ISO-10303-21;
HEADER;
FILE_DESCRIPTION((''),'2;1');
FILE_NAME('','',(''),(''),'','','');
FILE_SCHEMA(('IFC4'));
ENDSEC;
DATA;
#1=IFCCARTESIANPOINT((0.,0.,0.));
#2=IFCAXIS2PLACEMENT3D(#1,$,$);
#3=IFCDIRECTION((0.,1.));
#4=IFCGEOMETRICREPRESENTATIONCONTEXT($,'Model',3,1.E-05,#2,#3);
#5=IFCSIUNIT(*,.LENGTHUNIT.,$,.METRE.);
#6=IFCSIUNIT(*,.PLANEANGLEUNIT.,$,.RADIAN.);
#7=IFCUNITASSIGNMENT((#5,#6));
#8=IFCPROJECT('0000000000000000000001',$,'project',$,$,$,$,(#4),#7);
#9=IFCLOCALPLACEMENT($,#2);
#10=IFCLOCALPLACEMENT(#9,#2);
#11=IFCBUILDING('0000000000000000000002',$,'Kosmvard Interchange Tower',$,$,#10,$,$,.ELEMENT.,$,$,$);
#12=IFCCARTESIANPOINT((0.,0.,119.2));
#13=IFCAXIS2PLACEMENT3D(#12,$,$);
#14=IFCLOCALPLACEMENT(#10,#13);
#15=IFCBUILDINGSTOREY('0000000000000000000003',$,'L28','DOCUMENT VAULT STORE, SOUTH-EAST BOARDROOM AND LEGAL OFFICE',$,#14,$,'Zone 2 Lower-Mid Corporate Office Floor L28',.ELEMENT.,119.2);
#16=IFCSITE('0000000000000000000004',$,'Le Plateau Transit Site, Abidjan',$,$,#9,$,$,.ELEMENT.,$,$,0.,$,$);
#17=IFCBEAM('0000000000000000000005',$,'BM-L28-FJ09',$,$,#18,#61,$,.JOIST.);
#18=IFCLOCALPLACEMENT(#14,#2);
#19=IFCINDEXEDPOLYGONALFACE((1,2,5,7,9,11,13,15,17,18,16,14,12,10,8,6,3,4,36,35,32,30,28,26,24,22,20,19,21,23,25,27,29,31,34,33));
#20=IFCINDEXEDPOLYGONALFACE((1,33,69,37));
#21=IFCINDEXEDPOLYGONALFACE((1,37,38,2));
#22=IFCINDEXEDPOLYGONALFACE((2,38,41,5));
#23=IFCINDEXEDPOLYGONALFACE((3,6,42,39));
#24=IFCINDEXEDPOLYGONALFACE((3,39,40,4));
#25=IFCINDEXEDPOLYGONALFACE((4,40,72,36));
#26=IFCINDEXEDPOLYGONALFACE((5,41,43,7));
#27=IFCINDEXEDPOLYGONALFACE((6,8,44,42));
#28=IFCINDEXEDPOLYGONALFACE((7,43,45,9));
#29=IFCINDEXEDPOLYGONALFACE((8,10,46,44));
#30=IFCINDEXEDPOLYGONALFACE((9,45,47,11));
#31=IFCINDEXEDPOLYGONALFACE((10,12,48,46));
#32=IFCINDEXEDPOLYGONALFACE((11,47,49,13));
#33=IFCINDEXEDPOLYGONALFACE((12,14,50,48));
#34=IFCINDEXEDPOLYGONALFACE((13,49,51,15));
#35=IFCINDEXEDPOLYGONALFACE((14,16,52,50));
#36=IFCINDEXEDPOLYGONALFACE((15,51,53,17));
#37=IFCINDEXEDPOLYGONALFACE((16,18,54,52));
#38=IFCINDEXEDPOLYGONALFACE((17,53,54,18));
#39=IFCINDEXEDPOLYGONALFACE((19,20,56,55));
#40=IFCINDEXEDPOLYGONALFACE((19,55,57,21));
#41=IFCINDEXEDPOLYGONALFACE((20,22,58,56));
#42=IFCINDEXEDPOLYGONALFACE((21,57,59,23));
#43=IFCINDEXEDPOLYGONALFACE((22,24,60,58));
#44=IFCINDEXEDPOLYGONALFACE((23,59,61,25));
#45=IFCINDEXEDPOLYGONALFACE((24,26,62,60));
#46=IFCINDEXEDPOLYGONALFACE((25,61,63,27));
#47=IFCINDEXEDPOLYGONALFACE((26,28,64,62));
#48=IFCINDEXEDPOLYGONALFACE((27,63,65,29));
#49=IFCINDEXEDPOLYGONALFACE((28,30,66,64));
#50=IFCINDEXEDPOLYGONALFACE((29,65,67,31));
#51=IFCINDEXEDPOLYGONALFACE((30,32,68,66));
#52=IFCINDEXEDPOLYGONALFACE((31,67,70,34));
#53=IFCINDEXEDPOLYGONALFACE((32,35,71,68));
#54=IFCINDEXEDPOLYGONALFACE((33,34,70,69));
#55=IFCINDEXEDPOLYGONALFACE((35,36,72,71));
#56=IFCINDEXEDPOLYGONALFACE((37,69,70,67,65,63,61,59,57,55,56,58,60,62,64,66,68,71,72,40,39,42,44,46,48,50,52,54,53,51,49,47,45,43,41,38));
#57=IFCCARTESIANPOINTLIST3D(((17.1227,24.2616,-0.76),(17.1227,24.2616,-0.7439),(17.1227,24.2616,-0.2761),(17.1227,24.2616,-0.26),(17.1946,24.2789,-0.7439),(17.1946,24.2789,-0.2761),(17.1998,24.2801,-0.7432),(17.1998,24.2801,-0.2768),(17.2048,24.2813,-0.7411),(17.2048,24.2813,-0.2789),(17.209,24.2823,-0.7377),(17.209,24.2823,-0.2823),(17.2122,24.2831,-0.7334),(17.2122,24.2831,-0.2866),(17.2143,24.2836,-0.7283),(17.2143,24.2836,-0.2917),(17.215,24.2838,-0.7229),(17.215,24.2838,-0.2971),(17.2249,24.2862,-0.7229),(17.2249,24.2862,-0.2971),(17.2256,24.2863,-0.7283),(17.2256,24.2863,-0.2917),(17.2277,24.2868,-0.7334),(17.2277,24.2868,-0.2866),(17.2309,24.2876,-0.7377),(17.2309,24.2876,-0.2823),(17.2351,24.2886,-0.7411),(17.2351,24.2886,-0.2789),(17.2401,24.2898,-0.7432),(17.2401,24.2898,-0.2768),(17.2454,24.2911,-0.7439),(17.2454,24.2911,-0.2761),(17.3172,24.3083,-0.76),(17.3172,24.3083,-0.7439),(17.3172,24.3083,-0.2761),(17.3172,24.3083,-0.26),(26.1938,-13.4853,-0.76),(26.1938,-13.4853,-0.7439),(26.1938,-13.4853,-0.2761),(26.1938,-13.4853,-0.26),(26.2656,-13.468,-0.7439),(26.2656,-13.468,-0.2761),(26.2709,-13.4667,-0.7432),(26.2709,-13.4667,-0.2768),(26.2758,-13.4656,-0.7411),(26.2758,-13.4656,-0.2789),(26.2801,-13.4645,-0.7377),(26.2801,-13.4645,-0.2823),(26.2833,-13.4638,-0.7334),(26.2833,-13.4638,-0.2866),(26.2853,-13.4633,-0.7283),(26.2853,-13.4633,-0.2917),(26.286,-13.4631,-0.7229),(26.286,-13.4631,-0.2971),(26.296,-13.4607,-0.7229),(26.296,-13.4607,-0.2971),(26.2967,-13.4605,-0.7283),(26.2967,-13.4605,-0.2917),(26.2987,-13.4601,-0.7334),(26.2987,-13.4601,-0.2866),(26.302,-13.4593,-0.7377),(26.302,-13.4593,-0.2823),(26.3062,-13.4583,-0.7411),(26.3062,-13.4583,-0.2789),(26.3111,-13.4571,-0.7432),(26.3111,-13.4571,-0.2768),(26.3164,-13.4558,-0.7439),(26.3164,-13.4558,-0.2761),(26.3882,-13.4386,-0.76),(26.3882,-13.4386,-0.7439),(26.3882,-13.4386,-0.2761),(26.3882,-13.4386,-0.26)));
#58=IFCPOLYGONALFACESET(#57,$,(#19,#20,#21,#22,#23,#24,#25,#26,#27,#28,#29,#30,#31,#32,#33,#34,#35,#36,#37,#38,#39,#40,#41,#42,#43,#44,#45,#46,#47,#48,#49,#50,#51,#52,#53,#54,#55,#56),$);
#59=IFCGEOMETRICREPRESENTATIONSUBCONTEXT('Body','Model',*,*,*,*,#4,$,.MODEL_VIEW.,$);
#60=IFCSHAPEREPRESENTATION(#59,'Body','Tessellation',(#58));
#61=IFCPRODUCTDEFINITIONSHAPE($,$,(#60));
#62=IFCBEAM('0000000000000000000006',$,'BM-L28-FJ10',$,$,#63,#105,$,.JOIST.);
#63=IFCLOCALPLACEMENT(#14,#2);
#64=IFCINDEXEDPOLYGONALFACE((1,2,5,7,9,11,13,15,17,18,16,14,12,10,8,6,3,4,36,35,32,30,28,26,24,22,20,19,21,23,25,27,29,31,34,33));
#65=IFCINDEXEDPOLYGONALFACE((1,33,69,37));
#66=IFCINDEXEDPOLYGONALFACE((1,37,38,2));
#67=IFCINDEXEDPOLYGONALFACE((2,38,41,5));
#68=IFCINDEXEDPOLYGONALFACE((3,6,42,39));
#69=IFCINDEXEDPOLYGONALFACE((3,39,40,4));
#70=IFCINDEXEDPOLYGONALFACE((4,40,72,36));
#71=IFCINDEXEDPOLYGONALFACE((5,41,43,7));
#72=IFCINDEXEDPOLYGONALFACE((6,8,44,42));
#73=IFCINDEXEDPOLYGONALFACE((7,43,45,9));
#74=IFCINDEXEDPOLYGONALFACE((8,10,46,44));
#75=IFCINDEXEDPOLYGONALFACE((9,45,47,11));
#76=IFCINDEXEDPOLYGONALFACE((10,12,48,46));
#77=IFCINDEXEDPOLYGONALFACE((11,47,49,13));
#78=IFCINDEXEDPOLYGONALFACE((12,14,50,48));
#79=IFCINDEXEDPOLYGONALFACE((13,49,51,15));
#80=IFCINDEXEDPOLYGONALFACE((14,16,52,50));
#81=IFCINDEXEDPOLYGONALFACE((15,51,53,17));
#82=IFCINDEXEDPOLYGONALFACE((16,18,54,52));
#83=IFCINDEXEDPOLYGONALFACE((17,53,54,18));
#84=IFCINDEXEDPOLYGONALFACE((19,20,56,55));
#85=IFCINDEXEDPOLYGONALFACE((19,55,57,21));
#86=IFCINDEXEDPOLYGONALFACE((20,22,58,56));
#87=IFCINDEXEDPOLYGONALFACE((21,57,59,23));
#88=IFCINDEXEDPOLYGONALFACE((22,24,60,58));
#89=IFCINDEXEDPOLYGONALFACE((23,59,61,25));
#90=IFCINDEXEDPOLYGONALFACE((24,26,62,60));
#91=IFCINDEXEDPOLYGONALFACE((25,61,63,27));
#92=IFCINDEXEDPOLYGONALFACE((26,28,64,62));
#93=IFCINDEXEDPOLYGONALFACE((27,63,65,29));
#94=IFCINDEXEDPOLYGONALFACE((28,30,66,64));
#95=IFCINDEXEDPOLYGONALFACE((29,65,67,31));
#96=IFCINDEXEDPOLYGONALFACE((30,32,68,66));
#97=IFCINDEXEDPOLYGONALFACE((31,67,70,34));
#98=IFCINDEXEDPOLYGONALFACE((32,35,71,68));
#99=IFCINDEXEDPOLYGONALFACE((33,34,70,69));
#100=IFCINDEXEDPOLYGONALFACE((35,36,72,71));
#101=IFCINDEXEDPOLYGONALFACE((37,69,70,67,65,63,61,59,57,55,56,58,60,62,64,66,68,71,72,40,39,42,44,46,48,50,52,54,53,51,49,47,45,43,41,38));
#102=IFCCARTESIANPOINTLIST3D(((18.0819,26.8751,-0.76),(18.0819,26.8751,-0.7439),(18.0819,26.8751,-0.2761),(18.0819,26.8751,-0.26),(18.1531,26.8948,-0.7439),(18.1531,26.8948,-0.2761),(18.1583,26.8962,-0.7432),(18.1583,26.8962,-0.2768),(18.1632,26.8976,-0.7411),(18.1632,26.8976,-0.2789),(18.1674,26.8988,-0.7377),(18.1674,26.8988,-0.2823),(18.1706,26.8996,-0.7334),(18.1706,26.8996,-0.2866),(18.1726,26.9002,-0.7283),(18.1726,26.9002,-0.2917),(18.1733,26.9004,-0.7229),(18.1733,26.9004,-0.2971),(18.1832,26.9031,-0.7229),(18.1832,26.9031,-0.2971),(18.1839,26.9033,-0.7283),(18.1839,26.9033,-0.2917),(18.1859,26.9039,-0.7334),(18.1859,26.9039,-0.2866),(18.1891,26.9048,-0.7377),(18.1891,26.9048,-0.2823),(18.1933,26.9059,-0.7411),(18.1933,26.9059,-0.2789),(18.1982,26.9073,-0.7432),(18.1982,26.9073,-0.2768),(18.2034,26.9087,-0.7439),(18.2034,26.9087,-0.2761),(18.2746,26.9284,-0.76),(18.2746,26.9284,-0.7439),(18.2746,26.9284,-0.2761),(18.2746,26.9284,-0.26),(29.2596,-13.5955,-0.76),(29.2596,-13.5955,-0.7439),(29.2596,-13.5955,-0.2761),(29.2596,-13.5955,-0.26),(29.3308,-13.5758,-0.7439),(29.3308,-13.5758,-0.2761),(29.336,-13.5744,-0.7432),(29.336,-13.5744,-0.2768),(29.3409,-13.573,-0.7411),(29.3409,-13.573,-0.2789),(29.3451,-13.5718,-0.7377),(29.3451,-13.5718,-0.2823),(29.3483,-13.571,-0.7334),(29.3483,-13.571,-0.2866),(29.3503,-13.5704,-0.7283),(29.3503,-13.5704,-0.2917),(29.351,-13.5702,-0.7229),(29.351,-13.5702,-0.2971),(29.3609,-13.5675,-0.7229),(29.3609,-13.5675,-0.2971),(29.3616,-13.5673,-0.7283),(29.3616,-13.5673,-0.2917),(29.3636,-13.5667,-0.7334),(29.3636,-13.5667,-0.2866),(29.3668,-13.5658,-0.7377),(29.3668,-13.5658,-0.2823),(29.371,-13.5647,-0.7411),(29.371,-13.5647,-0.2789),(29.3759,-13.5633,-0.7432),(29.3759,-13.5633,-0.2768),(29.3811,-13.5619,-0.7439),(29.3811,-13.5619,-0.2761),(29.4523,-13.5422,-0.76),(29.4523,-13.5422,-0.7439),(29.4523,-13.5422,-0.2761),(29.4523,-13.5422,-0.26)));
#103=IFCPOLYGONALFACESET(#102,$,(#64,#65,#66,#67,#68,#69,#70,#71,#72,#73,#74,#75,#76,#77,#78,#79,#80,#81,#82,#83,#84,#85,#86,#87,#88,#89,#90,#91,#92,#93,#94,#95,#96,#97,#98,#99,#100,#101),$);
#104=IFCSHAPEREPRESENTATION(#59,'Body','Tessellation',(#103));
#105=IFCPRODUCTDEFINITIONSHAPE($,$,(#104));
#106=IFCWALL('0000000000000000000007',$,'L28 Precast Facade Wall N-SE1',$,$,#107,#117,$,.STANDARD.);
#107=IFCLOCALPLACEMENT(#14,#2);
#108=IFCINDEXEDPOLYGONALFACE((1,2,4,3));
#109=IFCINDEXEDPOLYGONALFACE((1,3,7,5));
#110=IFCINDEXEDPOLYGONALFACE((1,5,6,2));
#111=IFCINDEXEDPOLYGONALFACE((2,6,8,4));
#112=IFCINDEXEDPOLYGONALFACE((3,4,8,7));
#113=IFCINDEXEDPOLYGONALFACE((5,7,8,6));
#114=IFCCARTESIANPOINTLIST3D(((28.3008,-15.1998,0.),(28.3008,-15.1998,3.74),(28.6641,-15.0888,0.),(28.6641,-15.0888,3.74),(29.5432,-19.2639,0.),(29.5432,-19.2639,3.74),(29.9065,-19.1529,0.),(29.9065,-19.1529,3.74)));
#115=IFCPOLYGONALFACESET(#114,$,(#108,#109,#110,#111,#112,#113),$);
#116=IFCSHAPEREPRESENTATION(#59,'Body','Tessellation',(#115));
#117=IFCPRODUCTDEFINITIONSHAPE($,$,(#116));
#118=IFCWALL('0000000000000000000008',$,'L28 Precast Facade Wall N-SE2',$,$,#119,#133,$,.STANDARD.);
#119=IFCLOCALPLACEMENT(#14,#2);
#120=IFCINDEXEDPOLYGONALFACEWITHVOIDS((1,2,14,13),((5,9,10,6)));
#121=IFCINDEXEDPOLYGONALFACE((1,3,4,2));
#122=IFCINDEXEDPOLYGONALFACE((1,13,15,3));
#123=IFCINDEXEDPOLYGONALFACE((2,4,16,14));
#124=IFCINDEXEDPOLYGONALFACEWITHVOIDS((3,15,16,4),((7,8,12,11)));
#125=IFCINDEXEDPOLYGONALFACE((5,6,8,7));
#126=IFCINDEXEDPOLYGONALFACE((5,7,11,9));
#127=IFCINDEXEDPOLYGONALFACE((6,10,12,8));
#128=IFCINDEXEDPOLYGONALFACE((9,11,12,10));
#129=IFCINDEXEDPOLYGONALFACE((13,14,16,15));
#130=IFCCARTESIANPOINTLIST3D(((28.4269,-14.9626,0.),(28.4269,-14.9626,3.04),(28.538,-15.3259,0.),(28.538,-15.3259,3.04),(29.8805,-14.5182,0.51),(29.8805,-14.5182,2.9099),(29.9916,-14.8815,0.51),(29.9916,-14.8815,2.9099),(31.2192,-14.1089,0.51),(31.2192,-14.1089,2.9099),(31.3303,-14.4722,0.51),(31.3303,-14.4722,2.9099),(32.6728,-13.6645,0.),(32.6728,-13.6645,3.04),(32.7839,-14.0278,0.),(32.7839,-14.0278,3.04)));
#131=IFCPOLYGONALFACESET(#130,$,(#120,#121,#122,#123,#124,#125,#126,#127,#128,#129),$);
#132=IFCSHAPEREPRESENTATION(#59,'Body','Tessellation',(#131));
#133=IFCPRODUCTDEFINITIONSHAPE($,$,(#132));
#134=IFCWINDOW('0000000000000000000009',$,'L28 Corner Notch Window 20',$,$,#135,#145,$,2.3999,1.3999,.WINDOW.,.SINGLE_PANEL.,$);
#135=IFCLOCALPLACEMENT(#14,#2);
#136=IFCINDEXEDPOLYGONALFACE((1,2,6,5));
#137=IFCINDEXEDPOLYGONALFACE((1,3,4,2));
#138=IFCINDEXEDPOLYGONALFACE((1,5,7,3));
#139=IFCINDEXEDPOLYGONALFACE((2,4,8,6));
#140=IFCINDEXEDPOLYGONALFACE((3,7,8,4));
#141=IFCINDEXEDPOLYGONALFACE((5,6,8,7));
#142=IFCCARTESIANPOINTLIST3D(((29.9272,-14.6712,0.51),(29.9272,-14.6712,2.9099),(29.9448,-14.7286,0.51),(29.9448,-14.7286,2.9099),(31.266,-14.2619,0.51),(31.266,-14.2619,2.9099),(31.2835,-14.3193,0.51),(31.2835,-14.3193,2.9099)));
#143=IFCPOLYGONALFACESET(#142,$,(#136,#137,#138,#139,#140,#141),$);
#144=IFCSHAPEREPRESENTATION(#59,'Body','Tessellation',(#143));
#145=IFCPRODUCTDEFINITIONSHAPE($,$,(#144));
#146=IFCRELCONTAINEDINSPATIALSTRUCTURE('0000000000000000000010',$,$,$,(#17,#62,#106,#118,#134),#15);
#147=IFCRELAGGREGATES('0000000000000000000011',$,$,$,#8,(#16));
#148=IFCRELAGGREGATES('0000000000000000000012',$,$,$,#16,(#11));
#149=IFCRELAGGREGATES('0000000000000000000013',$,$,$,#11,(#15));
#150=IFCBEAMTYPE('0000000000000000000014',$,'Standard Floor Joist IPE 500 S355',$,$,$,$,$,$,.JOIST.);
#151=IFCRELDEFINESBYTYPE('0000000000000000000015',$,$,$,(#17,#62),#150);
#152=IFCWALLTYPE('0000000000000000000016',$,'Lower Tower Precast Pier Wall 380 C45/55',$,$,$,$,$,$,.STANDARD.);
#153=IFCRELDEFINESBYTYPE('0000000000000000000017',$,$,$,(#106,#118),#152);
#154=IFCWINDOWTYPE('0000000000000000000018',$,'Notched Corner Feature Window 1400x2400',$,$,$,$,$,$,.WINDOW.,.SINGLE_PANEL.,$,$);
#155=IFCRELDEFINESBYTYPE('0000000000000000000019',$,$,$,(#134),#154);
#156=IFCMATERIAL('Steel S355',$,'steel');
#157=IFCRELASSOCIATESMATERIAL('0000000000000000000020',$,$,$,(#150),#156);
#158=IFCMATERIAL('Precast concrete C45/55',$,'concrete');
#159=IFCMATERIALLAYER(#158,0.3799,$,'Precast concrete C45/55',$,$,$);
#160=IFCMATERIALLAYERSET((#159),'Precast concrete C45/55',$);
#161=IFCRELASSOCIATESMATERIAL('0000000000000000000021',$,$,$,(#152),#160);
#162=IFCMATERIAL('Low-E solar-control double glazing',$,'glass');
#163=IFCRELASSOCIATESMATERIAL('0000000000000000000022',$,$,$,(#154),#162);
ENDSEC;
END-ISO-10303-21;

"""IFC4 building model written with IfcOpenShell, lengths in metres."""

from ifc_helpers import new_model, si_unit, direction, frame, frame_2d, origin, origin_2d, place, context, subcontext, project, spatial, rectangle, i_section, extrude, source, transform, mapped, material, layer, layer_set, material_profile, profile_set, type_object, element, fill, save


model = new_model("IFC4")

# Units and contexts
model_context = context("Model", 3, precision=1e-05, world=origin(), true_north=direction((0.0, 1.0)))
body_context = subcontext(model_context, "Body", "Model", "MODEL_VIEW")
ifc_project = project(units=[si_unit("LENGTHUNIT", "METRE"), si_unit("PLANEANGLEUNIT", "RADIAN")], contexts=[model_context])

# Site, building, storey
site_placement = place(None, origin())
site = spatial("IfcSite", under=ifc_project, at=site_placement, Name="Le Plateau Transit Site, Abidjan", CompositionType="ELEMENT", RefElevation=0.0)
building_placement = place(site_placement, origin())
building = spatial("IfcBuilding", under=site, at=building_placement, Name="Kosmvard Interchange Tower", CompositionType="ELEMENT")
storey_placement = place(building_placement, frame((0.0, 0.0, 119.2)))
storey = spatial("IfcBuildingStorey", under=building, at=storey_placement, Name="L28", Description="DOCUMENT VAULT STORE, SOUTH-EAST BOARDROOM AND LEGAL OFFICE", LongName="Zone 2 Lower-Mid Corporate Office Floor L28", CompositionType="ELEMENT", Elevation=119.2)

# Beams
ifc_material_1 = material(Name="Steel S355", Category="steel")
ifc_material_2 = material(Name="Precast concrete C45/55", Category="concrete")
ifc_material_profile_1 = material_profile(ifc_material_1, i_section(OverallWidth=0.2, OverallDepth=0.5, WebThickness=0.0103, FlangeThickness=0.0161, FilletRadius=0.021, at=origin_2d()), Name="IPE 500")
ifc_profile_set_1 = profile_set([ifc_material_profile_1], Name="Steel S355")
beam_type_1 = type_object("IfcBeamType", Name="Standard Floor Joist IPE 500 S355", PredefinedType="JOIST", material=ifc_profile_set_1)
shared_shape_1 = source(origin(), body_context, "Body", "SweptSolid", [
    extrude(i_section(OverallWidth=0.2, OverallDepth=0.5, WebThickness=0.0103, FlangeThickness=0.0161, FilletRadius=0.021, at=origin_2d()), origin(), (0.0, 0.0, 1.0), 38.8215),
])
beam_1_placement = place(storey_placement, frame((26.291, -13.4619, -0.51), z_axis=(-0.233661, 0.972318, 0.0), x_axis=(-0.972318, -0.233661, 0.0)))
element("IfcBeam", 1, at=beam_1_placement, inside=storey, type_object=beam_type_1, Name="BM-L28-FJ09", PredefinedType="JOIST", context=body_context, shape_type="MappedRepresentation", body=[
    mapped(shared_shape_1, transform((0.0, 0.0, 0.0), scale=1.0)),
])
shared_shape_2 = source(origin(), body_context, "Body", "SweptSolid", [
    extrude(i_section(OverallWidth=0.2, OverallDepth=0.5, WebThickness=0.0103, FlangeThickness=0.0161, FilletRadius=0.021, at=origin_2d()), origin(), (0.0, 0.0, 1.0), 41.9858),
])
beam_2_placement = place(storey_placement, frame((29.356, -13.5688, -0.51), z_axis=(-0.266226, 0.963911, 0.0), x_axis=(-0.963911, -0.266226, 0.0)))
element("IfcBeam", 2, at=beam_2_placement, inside=storey, type_object=beam_type_1, Name="BM-L28-FJ10", PredefinedType="JOIST", context=body_context, shape_type="MappedRepresentation", body=[
    mapped(shared_shape_2, transform((0.0, 0.0, 0.0), scale=1.0)),
])

# Wall
ifc_layer_1 = layer(ifc_material_2, 0.3799, Name="Precast concrete C45/55")
ifc_layer_set_1 = layer_set([ifc_layer_1], Name="Precast concrete C45/55")
wall_type = type_object("IfcWallType", Name="Lower Tower Precast Pier Wall 380 C45/55", PredefinedType="STANDARD", material=ifc_layer_set_1)
wall_1_placement = place(storey_placement, frame((29.7249, -19.2085, 0.0), z_axis=(0.0, 0.0, 1.0), x_axis=(-0.292346, 0.956313, 0.0)))
element("IfcWall", 3, at=wall_1_placement, inside=storey, type_object=wall_type, Name="L28 Precast Facade Wall N-SE1", PredefinedType="STANDARD", context=body_context, shape_type="SweptSolid", body=[
    extrude(rectangle(XDim=4.2498, YDim=0.3799, at=frame_2d((2.125, 0.0))), origin(), (0.0, 0.0, 1.0), 3.74),
])

# Wall, opening, window
wall_2_placement = place(storey_placement, frame((28.4824, -15.1443, 0.0), z_axis=(0.0, 0.0, 1.0), x_axis=(0.956304, 0.292374, 0.0)))
wall_2 = element("IfcWall", 4, at=wall_2_placement, inside=storey, type_object=wall_type, Name="L28 Precast Facade Wall N-SE2", PredefinedType="STANDARD", context=body_context, shape_type="SweptSolid", body=[
    extrude(rectangle(XDim=4.4399, YDim=0.3799, at=frame_2d((2.22, 0.0))), origin(), (0.0, 0.0, 1.0), 3.04),
])
opening_1_placement = place(wall_2_placement, frame((1.52, 0.0, 0.51)))
opening_1 = element("IfcOpeningElement", 5, at=opening_1_placement, cuts=wall_2, PredefinedType="OPENING", context=body_context, shape_type="SweptSolid", body=[
    extrude(rectangle(XDim=1.3999, YDim=2.3999, at=frame_2d((0.7, 1.2))), frame((0.0, 0.2, 0.0), z_axis=(0.0, -1.0, 0.0), x_axis=(1.0, 0.0, 0.0)), (0.0, 0.0, 1.0), 0.3999),
])
ifc_material_3 = material(Name="Low-E solar-control double glazing", Category="glass")
window_type_1 = type_object("IfcWindowType", Name="Notched Corner Feature Window 1400x2400", PartitioningType="SINGLE_PANEL", PredefinedType="WINDOW", material=ifc_material_3)
shared_shape_3 = source(origin(), body_context, "Body", "SweptSolid", [
    extrude(rectangle(XDim=1.3999, YDim=2.3999, at=frame_2d((0.7, 1.2))), frame((0.0, 0.03, 0.0), z_axis=(0.0, -1.0, 0.0), x_axis=(1.0, 0.0, 0.0)), (0.0, 0.0, 1.0), 0.0601),
])
window_1_placement = place(opening_1_placement, origin())
window_1 = element("IfcWindow", 6, at=window_1_placement, inside=storey, type_object=window_type_1, Name="L28 Corner Notch Window 20", OverallHeight=2.3999, OverallWidth=1.3999, PartitioningType="SINGLE_PANEL", PredefinedType="WINDOW", context=body_context, shape_type="MappedRepresentation", body=[
    mapped(shared_shape_3, transform((0.0, 0.0, 0.0), scale=1.0)),
])
fill(opening_1, window_1)

save(model, "model.ifc")
